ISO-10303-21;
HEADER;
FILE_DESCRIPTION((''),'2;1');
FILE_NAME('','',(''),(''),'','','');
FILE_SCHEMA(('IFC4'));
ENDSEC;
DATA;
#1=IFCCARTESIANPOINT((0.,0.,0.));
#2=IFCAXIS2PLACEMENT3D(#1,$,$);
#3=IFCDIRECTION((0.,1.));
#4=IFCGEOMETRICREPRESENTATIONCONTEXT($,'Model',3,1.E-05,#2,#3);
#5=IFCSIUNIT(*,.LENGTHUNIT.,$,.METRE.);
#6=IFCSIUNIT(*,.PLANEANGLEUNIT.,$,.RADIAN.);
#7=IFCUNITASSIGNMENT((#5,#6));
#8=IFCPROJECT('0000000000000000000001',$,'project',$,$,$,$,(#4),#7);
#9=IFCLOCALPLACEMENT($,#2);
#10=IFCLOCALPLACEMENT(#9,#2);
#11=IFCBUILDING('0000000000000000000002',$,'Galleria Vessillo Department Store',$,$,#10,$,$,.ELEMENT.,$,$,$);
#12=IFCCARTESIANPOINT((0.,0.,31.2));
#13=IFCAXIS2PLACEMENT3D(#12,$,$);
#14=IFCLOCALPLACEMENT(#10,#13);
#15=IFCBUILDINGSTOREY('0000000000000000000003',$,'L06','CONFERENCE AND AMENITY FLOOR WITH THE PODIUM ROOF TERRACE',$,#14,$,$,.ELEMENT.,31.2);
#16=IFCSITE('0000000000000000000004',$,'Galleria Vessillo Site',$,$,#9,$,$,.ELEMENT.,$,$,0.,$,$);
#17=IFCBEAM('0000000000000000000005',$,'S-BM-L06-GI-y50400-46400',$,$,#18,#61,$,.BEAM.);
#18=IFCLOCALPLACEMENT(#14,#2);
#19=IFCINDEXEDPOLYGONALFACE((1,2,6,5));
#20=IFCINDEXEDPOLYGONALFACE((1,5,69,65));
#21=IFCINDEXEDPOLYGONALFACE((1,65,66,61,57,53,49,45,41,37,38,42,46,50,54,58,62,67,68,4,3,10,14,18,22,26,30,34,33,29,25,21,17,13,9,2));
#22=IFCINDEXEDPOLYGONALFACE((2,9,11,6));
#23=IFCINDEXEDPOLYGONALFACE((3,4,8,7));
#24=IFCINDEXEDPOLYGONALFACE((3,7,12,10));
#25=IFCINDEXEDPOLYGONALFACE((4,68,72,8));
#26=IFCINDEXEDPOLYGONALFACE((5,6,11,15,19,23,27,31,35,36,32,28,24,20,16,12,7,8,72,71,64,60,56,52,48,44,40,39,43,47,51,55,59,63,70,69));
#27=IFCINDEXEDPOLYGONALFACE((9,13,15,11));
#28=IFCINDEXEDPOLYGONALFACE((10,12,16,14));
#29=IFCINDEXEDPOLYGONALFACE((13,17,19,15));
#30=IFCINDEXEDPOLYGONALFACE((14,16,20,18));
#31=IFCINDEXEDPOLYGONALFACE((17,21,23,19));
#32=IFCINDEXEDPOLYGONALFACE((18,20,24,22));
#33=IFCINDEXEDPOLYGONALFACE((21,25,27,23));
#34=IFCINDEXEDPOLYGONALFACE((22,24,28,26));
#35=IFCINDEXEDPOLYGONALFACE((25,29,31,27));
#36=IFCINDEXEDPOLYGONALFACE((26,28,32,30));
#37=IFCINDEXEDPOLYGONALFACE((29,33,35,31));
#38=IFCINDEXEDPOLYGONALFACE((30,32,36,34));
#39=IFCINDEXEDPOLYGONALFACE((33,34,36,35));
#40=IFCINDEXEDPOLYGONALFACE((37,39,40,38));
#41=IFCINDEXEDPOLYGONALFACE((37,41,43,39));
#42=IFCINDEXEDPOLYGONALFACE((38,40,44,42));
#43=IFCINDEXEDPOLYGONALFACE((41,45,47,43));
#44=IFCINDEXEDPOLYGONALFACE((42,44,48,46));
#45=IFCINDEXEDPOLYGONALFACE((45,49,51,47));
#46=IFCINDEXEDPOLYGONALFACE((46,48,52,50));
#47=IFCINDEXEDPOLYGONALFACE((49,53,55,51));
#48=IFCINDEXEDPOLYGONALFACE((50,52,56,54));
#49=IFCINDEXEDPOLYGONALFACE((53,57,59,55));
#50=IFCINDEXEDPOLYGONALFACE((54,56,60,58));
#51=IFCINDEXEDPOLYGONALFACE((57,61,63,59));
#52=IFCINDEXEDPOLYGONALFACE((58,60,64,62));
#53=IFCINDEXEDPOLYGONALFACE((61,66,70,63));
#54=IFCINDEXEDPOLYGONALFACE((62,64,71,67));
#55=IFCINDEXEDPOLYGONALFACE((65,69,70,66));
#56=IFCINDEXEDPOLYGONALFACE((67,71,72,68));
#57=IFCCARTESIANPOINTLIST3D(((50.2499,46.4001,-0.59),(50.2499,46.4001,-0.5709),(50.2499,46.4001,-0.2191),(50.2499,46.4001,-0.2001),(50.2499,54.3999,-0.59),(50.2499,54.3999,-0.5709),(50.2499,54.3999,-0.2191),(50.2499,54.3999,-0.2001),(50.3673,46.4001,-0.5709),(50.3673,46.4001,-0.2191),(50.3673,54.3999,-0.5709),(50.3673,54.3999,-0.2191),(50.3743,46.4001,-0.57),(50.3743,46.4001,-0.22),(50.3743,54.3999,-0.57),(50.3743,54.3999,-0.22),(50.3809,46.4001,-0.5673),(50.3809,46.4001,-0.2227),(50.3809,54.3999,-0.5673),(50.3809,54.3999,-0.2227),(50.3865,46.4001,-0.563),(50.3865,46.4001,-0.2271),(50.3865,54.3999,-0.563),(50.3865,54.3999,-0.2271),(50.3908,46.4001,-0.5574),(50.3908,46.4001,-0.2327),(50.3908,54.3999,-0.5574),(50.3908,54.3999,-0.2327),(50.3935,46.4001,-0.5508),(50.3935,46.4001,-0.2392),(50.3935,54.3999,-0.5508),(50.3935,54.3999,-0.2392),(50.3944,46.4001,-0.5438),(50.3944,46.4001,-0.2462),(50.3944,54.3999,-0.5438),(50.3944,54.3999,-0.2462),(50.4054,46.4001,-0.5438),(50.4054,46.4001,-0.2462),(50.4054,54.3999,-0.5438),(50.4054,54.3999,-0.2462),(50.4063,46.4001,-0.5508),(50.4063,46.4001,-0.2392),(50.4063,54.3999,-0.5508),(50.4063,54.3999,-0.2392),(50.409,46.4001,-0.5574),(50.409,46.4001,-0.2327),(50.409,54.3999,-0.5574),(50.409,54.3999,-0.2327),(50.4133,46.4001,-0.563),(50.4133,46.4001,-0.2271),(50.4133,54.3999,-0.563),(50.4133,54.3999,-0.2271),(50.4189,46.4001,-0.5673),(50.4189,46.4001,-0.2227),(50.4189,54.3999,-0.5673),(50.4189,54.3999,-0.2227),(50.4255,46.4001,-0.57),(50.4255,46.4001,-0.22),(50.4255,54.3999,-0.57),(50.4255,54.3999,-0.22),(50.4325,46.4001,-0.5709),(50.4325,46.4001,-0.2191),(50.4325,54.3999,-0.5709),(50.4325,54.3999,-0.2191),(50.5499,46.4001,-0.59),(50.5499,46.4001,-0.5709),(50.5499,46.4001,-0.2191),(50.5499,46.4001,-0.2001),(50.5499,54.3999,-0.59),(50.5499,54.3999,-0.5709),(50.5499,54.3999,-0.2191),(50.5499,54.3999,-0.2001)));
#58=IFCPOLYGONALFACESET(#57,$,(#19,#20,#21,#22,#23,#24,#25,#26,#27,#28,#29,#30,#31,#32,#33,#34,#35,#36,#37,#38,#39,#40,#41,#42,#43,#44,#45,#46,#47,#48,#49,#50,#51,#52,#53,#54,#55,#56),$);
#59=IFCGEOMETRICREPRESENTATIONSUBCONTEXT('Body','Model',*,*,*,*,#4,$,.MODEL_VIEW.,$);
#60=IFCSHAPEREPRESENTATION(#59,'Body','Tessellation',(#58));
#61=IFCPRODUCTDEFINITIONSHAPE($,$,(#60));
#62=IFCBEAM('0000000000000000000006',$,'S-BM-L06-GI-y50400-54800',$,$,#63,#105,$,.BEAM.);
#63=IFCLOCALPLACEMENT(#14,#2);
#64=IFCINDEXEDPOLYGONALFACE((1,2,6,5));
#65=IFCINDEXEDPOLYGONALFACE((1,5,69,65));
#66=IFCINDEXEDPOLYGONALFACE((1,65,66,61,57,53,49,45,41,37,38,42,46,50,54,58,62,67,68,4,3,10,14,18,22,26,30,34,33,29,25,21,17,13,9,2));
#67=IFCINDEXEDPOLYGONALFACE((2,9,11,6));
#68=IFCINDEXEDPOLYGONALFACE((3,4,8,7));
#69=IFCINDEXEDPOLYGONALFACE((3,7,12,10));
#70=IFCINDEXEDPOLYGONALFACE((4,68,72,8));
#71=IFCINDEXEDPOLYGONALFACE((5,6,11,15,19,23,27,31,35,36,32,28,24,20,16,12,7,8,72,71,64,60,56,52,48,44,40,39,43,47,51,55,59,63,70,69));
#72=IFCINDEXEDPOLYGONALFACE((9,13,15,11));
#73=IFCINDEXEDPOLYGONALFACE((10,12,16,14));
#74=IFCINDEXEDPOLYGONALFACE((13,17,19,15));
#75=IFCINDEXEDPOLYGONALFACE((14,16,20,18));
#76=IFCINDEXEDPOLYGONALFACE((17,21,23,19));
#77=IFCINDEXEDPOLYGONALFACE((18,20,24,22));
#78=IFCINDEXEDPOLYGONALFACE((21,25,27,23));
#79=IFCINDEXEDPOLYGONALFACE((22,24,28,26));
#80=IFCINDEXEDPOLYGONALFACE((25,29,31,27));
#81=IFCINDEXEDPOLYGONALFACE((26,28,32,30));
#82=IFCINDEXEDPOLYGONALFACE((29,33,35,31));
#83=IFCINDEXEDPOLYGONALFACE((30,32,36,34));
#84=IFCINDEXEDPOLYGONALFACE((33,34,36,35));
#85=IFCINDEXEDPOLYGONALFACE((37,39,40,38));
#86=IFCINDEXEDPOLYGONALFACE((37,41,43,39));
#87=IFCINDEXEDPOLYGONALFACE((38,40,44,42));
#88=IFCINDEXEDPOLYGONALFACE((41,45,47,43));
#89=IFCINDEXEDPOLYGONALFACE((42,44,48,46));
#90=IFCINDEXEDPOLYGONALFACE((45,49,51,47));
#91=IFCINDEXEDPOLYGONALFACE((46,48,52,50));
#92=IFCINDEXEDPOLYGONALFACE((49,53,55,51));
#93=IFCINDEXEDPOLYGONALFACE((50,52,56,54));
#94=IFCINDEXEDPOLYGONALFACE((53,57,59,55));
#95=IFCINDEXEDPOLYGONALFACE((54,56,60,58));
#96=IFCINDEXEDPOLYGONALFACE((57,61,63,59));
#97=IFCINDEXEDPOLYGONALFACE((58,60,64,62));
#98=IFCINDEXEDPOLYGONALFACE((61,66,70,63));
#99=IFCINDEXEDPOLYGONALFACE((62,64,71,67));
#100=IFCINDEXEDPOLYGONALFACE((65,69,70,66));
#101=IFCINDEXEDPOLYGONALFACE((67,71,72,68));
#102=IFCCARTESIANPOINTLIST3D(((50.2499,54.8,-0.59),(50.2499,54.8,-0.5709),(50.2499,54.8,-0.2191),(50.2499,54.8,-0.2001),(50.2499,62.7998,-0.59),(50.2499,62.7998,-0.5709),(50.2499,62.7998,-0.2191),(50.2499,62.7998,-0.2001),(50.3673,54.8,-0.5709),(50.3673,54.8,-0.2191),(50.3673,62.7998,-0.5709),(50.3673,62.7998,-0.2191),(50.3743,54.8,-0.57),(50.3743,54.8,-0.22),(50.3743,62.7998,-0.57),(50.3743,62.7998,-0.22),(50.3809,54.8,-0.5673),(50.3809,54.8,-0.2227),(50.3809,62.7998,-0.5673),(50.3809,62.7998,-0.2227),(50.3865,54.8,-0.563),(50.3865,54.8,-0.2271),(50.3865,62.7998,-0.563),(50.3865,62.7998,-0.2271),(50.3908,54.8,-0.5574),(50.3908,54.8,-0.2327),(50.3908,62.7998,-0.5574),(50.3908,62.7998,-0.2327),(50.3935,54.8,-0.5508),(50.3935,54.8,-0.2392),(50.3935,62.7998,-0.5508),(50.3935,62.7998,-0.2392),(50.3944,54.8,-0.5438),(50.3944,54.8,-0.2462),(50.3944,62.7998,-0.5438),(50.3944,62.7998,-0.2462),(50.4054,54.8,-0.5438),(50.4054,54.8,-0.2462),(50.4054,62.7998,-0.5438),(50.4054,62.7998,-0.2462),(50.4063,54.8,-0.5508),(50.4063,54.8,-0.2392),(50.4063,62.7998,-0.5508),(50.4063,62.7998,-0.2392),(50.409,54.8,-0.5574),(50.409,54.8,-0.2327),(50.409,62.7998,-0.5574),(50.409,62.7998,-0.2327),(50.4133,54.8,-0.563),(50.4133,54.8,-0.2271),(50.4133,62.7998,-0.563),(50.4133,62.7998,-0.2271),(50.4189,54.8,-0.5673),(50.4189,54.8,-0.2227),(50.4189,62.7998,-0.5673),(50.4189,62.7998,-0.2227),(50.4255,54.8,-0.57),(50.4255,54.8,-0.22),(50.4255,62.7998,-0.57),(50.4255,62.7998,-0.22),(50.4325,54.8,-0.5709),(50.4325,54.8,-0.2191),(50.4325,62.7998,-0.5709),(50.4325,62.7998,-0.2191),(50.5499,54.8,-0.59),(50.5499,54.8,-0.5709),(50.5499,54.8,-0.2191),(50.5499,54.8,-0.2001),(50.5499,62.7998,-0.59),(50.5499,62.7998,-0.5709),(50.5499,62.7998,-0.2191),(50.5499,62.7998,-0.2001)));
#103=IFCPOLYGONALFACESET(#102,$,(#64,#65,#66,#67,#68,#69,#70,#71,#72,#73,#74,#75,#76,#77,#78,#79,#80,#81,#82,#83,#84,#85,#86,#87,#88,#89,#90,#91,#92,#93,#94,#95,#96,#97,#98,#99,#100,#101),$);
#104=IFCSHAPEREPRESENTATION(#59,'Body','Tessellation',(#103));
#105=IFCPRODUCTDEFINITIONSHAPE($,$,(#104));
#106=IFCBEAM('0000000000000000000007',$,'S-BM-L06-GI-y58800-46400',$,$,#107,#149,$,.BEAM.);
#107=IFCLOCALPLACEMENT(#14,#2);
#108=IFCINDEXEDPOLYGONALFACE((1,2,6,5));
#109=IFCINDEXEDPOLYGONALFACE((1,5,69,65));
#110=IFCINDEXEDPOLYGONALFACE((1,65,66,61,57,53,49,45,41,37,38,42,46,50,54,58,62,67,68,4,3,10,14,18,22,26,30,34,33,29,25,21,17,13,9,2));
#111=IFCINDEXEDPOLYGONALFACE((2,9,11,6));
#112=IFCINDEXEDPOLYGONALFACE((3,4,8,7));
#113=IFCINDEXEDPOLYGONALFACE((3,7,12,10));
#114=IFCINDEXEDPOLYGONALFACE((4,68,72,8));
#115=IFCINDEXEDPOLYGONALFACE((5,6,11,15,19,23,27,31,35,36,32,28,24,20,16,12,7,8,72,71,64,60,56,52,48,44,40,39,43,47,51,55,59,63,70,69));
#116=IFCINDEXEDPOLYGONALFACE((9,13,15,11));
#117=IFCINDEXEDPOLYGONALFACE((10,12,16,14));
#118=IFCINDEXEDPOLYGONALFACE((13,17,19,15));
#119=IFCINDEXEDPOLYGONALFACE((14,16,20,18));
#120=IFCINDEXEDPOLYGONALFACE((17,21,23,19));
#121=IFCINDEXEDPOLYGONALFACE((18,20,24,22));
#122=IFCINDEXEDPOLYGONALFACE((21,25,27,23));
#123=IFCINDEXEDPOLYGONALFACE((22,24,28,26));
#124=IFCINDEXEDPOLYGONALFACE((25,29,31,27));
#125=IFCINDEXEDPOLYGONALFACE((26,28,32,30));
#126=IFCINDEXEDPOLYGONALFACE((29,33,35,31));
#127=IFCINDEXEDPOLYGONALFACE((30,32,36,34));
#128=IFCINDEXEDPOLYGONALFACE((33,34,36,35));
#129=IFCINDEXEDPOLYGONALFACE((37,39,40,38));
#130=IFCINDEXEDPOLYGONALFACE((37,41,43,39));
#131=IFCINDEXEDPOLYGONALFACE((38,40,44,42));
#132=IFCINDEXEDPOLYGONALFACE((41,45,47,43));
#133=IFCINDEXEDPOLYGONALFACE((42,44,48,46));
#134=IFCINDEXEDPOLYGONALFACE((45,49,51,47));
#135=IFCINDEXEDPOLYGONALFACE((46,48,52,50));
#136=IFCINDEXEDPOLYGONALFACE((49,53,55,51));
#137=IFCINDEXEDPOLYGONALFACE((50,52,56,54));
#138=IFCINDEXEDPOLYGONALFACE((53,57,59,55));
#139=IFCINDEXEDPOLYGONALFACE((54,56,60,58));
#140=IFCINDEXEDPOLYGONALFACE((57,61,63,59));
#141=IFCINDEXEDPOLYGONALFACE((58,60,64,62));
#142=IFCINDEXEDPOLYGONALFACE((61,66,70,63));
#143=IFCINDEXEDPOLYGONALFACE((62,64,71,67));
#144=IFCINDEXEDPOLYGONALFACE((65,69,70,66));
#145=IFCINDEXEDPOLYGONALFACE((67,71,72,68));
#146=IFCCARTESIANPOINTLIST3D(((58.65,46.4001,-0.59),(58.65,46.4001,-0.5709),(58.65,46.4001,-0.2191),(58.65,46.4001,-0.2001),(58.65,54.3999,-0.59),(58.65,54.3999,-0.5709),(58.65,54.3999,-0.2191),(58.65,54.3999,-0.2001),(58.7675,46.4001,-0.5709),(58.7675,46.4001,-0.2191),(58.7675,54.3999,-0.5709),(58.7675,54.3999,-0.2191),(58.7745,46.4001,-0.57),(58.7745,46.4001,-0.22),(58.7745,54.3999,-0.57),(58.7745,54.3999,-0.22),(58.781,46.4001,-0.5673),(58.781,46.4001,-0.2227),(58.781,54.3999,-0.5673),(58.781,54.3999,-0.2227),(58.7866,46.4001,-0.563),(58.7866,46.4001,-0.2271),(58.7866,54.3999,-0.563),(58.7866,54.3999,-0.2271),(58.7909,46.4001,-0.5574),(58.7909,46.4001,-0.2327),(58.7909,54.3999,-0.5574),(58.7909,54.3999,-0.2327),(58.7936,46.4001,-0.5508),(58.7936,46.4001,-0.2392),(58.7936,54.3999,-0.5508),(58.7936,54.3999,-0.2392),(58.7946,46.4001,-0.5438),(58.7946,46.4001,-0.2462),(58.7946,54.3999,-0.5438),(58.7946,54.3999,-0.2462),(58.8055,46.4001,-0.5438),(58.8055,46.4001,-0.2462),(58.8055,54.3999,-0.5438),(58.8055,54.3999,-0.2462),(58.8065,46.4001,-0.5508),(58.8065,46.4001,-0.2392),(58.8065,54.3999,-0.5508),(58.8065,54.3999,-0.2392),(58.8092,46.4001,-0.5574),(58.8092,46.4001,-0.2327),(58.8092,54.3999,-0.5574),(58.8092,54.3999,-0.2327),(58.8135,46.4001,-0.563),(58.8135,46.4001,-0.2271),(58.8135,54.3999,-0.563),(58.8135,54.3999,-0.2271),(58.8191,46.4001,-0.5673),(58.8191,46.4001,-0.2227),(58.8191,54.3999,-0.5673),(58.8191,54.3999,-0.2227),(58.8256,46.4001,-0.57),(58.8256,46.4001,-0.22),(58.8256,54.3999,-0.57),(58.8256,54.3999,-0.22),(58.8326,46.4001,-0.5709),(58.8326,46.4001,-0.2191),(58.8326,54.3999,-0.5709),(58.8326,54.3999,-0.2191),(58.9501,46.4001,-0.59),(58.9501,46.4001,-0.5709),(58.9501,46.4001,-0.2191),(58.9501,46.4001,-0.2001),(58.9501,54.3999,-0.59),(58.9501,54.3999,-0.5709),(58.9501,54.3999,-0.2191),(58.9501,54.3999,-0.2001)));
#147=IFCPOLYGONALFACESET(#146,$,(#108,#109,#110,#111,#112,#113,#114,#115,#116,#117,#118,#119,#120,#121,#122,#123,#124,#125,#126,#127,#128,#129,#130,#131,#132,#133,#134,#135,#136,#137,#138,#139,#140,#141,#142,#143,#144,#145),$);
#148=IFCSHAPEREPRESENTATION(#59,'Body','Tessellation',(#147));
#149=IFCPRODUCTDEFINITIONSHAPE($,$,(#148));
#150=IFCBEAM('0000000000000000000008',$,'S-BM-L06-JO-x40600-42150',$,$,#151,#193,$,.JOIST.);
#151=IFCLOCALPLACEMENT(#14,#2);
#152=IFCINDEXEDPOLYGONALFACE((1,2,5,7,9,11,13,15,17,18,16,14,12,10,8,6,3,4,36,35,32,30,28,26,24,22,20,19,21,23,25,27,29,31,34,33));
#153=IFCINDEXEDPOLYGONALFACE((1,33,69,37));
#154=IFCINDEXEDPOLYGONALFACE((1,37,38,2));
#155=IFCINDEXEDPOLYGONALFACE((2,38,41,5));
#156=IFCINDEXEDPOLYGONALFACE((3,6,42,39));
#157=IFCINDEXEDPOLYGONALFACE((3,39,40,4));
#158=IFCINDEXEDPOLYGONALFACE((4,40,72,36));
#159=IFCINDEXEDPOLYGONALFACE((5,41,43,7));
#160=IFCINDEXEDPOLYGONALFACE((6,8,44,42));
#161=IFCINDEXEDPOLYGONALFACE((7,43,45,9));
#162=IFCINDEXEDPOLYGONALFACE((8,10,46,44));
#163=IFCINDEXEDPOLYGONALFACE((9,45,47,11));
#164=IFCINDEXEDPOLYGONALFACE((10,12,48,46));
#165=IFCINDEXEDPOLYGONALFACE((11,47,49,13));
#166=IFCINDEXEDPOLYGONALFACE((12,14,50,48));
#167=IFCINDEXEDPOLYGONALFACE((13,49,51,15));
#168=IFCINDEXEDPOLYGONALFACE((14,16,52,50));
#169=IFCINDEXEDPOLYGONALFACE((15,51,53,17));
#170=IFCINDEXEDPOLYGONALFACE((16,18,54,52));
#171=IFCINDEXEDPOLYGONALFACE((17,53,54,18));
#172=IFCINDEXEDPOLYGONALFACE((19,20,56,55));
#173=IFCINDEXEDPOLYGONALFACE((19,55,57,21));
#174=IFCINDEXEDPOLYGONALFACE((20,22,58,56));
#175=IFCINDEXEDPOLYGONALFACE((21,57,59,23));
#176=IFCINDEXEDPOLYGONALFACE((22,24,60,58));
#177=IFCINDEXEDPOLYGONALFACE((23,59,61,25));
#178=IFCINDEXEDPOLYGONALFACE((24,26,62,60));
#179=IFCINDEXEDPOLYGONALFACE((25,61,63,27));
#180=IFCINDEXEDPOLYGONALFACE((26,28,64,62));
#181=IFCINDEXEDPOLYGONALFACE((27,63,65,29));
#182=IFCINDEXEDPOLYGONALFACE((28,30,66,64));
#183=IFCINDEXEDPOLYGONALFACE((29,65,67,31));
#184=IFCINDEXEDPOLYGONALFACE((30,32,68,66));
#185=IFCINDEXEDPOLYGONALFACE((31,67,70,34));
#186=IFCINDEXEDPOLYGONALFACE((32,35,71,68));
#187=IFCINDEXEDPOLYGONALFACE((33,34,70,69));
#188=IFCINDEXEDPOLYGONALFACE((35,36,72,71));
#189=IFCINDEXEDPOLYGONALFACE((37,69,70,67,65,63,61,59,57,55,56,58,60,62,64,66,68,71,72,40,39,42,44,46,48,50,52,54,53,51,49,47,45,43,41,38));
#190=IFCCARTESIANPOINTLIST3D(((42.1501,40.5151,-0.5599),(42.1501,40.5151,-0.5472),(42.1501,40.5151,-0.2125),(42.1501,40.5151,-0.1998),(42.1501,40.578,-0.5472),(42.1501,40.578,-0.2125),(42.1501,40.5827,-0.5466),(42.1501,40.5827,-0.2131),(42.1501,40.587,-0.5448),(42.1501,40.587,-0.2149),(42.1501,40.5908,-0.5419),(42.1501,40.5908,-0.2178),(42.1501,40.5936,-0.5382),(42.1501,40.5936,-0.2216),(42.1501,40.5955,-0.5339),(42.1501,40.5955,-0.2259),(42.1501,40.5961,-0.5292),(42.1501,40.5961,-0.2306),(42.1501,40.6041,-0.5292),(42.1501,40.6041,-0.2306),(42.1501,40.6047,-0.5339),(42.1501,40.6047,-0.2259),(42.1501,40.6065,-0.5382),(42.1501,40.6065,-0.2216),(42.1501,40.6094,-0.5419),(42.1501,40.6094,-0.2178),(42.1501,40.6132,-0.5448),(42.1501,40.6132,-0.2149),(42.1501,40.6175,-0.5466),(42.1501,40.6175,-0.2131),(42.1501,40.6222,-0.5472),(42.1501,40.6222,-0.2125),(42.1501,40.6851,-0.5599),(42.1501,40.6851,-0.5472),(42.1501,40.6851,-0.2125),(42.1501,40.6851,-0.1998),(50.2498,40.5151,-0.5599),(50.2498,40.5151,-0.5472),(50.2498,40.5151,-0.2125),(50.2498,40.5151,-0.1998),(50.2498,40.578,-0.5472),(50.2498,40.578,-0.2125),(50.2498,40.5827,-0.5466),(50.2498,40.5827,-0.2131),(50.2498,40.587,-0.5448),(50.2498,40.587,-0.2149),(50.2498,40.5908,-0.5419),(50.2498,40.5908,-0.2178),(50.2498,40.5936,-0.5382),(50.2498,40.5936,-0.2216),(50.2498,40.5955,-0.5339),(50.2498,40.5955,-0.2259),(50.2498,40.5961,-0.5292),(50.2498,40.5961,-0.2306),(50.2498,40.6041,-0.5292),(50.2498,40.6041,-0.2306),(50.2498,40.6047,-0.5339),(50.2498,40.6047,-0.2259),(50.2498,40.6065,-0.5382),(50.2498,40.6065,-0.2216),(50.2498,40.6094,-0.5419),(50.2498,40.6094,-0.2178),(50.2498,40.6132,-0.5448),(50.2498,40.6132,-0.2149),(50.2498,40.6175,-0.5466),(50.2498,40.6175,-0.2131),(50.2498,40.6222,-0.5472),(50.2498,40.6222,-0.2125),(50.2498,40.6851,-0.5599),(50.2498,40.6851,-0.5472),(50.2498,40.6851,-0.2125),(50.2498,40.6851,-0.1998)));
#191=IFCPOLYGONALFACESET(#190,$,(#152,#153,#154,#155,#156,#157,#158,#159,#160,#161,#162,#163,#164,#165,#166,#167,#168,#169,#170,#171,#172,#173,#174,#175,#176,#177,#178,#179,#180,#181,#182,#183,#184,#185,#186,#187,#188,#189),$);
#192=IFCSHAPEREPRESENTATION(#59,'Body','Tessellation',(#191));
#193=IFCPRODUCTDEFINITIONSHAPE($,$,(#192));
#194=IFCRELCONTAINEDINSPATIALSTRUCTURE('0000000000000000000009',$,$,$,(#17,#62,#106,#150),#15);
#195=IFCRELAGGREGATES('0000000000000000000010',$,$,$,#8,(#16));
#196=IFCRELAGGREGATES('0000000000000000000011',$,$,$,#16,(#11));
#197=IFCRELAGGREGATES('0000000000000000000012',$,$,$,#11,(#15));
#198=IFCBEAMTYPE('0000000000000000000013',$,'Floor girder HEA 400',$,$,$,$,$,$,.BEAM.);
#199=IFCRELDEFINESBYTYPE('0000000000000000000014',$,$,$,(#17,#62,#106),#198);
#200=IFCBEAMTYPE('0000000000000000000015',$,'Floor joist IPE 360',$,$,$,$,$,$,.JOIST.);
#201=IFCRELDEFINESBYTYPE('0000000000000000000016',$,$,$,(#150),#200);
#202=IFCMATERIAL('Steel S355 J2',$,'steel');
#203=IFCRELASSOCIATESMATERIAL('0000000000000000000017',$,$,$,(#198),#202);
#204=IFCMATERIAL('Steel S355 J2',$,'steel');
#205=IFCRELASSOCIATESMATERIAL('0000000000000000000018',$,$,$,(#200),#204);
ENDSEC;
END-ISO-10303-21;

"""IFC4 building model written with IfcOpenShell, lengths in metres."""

from ifc_helpers import new_model, si_unit, direction, frame, origin, origin_2d, place, context, subcontext, project, spatial, i_section, extrude, material, material_profile, profile_set, type_object, element, save


model = new_model("IFC4")

# Units and contexts
model_context = context("Model", 3, precision=1e-05, world=origin(), true_north=direction((0.0, 1.0)))
body_context = subcontext(model_context, "Body", "Model", "MODEL_VIEW")
ifc_project = project(units=[si_unit("LENGTHUNIT", "METRE"), si_unit("PLANEANGLEUNIT", "RADIAN")], contexts=[model_context])

# Site, building, storey
site_placement = place(None, origin())
site = spatial("IfcSite", under=ifc_project, at=site_placement, Name="Galleria Vessillo Site", CompositionType="ELEMENT", RefElevation=0.0)
building_placement = place(site_placement, origin())
building = spatial("IfcBuilding", under=site, at=building_placement, Name="Galleria Vessillo Department Store", CompositionType="ELEMENT")
storey_placement = place(building_placement, frame((0.0, 0.0, 31.2)))
storey = spatial("IfcBuildingStorey", under=building, at=storey_placement, Name="L06", Description="CONFERENCE AND AMENITY FLOOR WITH THE PODIUM ROOF TERRACE", CompositionType="ELEMENT", Elevation=31.2)

# Beams
ifc_material_1 = material(Name="Steel S355 J2", Category="steel")
ifc_material_profile_1 = material_profile(ifc_material_1, i_section(OverallWidth=0.3, OverallDepth=0.3899, WebThickness=0.011, FlangeThickness=0.019, FilletRadius=0.0271, at=origin_2d()), Name="HEA 400")
ifc_profile_set_1 = profile_set([ifc_material_profile_1], Name="Steel S355 J2")
beam_type_1 = type_object("IfcBeamType", Name="Floor girder HEA 400", PredefinedType="BEAM", material=ifc_profile_set_1)
for number, where, z_axis, x_axis, name in (
    (1, (50.3999, 46.4001, -0.395), (0.0, 1.0, 0.0), (-1.0, 0.0, 0.0), "S-BM-L06-GI-y50400-46400"),
    (2, (50.3999, 54.8, -0.395), (0.0, 1.0, 0.0), (-1.0, 0.0, 0.0), "S-BM-L06-GI-y50400-54800"),
    (3, (58.8, 46.4001, -0.395), (0.0, 1.0, 0.0), (-1.0, 0.0, 0.0), "S-BM-L06-GI-y58800-46400"),
):
    element("IfcBeam", number, at=place(storey_placement, frame(where, z_axis=z_axis, x_axis=x_axis)), inside=storey, type_object=beam_type_1, Name=name, PredefinedType="BEAM", context=body_context, shape_type="SweptSolid", body=[
        extrude(i_section(OverallWidth=0.3, OverallDepth=0.3899, WebThickness=0.011, FlangeThickness=0.019, FilletRadius=0.0271, at=origin_2d()), origin(), (0.0, 0.0, 1.0), 7.9998),
    ])
ifc_material_2 = material(Name="Steel S355 J2", Category="steel")
ifc_material_profile_2 = material_profile(ifc_material_2, i_section(OverallWidth=0.1699, OverallDepth=0.3601, WebThickness=0.0081, FlangeThickness=0.0127, FilletRadius=0.0181, at=origin_2d()), Name="IPE 360")
ifc_profile_set_2 = profile_set([ifc_material_profile_2], Name="Steel S355 J2")
beam_type_2 = type_object("IfcBeamType", Name="Floor joist IPE 360", PredefinedType="JOIST", material=ifc_profile_set_2)
for number, where, z_axis, x_axis, name in (
    (4, (42.1501, 40.6001, -0.3799), (1.0, 0.0, 0.0), (0.0, 1.0, 0.0), "S-BM-L06-JO-x40600-42150"),
):
    element("IfcBeam", number, at=place(storey_placement, frame(where, z_axis=z_axis, x_axis=x_axis)), inside=storey, type_object=beam_type_2, Name=name, PredefinedType="JOIST", context=body_context, shape_type="SweptSolid", body=[
        extrude(i_section(OverallWidth=0.1699, OverallDepth=0.3601, WebThickness=0.0081, FlangeThickness=0.0127, FilletRadius=0.0181, at=origin_2d()), origin(), (0.0, 0.0, 1.0), 8.0996),
    ])

save(model, "model.ifc")
